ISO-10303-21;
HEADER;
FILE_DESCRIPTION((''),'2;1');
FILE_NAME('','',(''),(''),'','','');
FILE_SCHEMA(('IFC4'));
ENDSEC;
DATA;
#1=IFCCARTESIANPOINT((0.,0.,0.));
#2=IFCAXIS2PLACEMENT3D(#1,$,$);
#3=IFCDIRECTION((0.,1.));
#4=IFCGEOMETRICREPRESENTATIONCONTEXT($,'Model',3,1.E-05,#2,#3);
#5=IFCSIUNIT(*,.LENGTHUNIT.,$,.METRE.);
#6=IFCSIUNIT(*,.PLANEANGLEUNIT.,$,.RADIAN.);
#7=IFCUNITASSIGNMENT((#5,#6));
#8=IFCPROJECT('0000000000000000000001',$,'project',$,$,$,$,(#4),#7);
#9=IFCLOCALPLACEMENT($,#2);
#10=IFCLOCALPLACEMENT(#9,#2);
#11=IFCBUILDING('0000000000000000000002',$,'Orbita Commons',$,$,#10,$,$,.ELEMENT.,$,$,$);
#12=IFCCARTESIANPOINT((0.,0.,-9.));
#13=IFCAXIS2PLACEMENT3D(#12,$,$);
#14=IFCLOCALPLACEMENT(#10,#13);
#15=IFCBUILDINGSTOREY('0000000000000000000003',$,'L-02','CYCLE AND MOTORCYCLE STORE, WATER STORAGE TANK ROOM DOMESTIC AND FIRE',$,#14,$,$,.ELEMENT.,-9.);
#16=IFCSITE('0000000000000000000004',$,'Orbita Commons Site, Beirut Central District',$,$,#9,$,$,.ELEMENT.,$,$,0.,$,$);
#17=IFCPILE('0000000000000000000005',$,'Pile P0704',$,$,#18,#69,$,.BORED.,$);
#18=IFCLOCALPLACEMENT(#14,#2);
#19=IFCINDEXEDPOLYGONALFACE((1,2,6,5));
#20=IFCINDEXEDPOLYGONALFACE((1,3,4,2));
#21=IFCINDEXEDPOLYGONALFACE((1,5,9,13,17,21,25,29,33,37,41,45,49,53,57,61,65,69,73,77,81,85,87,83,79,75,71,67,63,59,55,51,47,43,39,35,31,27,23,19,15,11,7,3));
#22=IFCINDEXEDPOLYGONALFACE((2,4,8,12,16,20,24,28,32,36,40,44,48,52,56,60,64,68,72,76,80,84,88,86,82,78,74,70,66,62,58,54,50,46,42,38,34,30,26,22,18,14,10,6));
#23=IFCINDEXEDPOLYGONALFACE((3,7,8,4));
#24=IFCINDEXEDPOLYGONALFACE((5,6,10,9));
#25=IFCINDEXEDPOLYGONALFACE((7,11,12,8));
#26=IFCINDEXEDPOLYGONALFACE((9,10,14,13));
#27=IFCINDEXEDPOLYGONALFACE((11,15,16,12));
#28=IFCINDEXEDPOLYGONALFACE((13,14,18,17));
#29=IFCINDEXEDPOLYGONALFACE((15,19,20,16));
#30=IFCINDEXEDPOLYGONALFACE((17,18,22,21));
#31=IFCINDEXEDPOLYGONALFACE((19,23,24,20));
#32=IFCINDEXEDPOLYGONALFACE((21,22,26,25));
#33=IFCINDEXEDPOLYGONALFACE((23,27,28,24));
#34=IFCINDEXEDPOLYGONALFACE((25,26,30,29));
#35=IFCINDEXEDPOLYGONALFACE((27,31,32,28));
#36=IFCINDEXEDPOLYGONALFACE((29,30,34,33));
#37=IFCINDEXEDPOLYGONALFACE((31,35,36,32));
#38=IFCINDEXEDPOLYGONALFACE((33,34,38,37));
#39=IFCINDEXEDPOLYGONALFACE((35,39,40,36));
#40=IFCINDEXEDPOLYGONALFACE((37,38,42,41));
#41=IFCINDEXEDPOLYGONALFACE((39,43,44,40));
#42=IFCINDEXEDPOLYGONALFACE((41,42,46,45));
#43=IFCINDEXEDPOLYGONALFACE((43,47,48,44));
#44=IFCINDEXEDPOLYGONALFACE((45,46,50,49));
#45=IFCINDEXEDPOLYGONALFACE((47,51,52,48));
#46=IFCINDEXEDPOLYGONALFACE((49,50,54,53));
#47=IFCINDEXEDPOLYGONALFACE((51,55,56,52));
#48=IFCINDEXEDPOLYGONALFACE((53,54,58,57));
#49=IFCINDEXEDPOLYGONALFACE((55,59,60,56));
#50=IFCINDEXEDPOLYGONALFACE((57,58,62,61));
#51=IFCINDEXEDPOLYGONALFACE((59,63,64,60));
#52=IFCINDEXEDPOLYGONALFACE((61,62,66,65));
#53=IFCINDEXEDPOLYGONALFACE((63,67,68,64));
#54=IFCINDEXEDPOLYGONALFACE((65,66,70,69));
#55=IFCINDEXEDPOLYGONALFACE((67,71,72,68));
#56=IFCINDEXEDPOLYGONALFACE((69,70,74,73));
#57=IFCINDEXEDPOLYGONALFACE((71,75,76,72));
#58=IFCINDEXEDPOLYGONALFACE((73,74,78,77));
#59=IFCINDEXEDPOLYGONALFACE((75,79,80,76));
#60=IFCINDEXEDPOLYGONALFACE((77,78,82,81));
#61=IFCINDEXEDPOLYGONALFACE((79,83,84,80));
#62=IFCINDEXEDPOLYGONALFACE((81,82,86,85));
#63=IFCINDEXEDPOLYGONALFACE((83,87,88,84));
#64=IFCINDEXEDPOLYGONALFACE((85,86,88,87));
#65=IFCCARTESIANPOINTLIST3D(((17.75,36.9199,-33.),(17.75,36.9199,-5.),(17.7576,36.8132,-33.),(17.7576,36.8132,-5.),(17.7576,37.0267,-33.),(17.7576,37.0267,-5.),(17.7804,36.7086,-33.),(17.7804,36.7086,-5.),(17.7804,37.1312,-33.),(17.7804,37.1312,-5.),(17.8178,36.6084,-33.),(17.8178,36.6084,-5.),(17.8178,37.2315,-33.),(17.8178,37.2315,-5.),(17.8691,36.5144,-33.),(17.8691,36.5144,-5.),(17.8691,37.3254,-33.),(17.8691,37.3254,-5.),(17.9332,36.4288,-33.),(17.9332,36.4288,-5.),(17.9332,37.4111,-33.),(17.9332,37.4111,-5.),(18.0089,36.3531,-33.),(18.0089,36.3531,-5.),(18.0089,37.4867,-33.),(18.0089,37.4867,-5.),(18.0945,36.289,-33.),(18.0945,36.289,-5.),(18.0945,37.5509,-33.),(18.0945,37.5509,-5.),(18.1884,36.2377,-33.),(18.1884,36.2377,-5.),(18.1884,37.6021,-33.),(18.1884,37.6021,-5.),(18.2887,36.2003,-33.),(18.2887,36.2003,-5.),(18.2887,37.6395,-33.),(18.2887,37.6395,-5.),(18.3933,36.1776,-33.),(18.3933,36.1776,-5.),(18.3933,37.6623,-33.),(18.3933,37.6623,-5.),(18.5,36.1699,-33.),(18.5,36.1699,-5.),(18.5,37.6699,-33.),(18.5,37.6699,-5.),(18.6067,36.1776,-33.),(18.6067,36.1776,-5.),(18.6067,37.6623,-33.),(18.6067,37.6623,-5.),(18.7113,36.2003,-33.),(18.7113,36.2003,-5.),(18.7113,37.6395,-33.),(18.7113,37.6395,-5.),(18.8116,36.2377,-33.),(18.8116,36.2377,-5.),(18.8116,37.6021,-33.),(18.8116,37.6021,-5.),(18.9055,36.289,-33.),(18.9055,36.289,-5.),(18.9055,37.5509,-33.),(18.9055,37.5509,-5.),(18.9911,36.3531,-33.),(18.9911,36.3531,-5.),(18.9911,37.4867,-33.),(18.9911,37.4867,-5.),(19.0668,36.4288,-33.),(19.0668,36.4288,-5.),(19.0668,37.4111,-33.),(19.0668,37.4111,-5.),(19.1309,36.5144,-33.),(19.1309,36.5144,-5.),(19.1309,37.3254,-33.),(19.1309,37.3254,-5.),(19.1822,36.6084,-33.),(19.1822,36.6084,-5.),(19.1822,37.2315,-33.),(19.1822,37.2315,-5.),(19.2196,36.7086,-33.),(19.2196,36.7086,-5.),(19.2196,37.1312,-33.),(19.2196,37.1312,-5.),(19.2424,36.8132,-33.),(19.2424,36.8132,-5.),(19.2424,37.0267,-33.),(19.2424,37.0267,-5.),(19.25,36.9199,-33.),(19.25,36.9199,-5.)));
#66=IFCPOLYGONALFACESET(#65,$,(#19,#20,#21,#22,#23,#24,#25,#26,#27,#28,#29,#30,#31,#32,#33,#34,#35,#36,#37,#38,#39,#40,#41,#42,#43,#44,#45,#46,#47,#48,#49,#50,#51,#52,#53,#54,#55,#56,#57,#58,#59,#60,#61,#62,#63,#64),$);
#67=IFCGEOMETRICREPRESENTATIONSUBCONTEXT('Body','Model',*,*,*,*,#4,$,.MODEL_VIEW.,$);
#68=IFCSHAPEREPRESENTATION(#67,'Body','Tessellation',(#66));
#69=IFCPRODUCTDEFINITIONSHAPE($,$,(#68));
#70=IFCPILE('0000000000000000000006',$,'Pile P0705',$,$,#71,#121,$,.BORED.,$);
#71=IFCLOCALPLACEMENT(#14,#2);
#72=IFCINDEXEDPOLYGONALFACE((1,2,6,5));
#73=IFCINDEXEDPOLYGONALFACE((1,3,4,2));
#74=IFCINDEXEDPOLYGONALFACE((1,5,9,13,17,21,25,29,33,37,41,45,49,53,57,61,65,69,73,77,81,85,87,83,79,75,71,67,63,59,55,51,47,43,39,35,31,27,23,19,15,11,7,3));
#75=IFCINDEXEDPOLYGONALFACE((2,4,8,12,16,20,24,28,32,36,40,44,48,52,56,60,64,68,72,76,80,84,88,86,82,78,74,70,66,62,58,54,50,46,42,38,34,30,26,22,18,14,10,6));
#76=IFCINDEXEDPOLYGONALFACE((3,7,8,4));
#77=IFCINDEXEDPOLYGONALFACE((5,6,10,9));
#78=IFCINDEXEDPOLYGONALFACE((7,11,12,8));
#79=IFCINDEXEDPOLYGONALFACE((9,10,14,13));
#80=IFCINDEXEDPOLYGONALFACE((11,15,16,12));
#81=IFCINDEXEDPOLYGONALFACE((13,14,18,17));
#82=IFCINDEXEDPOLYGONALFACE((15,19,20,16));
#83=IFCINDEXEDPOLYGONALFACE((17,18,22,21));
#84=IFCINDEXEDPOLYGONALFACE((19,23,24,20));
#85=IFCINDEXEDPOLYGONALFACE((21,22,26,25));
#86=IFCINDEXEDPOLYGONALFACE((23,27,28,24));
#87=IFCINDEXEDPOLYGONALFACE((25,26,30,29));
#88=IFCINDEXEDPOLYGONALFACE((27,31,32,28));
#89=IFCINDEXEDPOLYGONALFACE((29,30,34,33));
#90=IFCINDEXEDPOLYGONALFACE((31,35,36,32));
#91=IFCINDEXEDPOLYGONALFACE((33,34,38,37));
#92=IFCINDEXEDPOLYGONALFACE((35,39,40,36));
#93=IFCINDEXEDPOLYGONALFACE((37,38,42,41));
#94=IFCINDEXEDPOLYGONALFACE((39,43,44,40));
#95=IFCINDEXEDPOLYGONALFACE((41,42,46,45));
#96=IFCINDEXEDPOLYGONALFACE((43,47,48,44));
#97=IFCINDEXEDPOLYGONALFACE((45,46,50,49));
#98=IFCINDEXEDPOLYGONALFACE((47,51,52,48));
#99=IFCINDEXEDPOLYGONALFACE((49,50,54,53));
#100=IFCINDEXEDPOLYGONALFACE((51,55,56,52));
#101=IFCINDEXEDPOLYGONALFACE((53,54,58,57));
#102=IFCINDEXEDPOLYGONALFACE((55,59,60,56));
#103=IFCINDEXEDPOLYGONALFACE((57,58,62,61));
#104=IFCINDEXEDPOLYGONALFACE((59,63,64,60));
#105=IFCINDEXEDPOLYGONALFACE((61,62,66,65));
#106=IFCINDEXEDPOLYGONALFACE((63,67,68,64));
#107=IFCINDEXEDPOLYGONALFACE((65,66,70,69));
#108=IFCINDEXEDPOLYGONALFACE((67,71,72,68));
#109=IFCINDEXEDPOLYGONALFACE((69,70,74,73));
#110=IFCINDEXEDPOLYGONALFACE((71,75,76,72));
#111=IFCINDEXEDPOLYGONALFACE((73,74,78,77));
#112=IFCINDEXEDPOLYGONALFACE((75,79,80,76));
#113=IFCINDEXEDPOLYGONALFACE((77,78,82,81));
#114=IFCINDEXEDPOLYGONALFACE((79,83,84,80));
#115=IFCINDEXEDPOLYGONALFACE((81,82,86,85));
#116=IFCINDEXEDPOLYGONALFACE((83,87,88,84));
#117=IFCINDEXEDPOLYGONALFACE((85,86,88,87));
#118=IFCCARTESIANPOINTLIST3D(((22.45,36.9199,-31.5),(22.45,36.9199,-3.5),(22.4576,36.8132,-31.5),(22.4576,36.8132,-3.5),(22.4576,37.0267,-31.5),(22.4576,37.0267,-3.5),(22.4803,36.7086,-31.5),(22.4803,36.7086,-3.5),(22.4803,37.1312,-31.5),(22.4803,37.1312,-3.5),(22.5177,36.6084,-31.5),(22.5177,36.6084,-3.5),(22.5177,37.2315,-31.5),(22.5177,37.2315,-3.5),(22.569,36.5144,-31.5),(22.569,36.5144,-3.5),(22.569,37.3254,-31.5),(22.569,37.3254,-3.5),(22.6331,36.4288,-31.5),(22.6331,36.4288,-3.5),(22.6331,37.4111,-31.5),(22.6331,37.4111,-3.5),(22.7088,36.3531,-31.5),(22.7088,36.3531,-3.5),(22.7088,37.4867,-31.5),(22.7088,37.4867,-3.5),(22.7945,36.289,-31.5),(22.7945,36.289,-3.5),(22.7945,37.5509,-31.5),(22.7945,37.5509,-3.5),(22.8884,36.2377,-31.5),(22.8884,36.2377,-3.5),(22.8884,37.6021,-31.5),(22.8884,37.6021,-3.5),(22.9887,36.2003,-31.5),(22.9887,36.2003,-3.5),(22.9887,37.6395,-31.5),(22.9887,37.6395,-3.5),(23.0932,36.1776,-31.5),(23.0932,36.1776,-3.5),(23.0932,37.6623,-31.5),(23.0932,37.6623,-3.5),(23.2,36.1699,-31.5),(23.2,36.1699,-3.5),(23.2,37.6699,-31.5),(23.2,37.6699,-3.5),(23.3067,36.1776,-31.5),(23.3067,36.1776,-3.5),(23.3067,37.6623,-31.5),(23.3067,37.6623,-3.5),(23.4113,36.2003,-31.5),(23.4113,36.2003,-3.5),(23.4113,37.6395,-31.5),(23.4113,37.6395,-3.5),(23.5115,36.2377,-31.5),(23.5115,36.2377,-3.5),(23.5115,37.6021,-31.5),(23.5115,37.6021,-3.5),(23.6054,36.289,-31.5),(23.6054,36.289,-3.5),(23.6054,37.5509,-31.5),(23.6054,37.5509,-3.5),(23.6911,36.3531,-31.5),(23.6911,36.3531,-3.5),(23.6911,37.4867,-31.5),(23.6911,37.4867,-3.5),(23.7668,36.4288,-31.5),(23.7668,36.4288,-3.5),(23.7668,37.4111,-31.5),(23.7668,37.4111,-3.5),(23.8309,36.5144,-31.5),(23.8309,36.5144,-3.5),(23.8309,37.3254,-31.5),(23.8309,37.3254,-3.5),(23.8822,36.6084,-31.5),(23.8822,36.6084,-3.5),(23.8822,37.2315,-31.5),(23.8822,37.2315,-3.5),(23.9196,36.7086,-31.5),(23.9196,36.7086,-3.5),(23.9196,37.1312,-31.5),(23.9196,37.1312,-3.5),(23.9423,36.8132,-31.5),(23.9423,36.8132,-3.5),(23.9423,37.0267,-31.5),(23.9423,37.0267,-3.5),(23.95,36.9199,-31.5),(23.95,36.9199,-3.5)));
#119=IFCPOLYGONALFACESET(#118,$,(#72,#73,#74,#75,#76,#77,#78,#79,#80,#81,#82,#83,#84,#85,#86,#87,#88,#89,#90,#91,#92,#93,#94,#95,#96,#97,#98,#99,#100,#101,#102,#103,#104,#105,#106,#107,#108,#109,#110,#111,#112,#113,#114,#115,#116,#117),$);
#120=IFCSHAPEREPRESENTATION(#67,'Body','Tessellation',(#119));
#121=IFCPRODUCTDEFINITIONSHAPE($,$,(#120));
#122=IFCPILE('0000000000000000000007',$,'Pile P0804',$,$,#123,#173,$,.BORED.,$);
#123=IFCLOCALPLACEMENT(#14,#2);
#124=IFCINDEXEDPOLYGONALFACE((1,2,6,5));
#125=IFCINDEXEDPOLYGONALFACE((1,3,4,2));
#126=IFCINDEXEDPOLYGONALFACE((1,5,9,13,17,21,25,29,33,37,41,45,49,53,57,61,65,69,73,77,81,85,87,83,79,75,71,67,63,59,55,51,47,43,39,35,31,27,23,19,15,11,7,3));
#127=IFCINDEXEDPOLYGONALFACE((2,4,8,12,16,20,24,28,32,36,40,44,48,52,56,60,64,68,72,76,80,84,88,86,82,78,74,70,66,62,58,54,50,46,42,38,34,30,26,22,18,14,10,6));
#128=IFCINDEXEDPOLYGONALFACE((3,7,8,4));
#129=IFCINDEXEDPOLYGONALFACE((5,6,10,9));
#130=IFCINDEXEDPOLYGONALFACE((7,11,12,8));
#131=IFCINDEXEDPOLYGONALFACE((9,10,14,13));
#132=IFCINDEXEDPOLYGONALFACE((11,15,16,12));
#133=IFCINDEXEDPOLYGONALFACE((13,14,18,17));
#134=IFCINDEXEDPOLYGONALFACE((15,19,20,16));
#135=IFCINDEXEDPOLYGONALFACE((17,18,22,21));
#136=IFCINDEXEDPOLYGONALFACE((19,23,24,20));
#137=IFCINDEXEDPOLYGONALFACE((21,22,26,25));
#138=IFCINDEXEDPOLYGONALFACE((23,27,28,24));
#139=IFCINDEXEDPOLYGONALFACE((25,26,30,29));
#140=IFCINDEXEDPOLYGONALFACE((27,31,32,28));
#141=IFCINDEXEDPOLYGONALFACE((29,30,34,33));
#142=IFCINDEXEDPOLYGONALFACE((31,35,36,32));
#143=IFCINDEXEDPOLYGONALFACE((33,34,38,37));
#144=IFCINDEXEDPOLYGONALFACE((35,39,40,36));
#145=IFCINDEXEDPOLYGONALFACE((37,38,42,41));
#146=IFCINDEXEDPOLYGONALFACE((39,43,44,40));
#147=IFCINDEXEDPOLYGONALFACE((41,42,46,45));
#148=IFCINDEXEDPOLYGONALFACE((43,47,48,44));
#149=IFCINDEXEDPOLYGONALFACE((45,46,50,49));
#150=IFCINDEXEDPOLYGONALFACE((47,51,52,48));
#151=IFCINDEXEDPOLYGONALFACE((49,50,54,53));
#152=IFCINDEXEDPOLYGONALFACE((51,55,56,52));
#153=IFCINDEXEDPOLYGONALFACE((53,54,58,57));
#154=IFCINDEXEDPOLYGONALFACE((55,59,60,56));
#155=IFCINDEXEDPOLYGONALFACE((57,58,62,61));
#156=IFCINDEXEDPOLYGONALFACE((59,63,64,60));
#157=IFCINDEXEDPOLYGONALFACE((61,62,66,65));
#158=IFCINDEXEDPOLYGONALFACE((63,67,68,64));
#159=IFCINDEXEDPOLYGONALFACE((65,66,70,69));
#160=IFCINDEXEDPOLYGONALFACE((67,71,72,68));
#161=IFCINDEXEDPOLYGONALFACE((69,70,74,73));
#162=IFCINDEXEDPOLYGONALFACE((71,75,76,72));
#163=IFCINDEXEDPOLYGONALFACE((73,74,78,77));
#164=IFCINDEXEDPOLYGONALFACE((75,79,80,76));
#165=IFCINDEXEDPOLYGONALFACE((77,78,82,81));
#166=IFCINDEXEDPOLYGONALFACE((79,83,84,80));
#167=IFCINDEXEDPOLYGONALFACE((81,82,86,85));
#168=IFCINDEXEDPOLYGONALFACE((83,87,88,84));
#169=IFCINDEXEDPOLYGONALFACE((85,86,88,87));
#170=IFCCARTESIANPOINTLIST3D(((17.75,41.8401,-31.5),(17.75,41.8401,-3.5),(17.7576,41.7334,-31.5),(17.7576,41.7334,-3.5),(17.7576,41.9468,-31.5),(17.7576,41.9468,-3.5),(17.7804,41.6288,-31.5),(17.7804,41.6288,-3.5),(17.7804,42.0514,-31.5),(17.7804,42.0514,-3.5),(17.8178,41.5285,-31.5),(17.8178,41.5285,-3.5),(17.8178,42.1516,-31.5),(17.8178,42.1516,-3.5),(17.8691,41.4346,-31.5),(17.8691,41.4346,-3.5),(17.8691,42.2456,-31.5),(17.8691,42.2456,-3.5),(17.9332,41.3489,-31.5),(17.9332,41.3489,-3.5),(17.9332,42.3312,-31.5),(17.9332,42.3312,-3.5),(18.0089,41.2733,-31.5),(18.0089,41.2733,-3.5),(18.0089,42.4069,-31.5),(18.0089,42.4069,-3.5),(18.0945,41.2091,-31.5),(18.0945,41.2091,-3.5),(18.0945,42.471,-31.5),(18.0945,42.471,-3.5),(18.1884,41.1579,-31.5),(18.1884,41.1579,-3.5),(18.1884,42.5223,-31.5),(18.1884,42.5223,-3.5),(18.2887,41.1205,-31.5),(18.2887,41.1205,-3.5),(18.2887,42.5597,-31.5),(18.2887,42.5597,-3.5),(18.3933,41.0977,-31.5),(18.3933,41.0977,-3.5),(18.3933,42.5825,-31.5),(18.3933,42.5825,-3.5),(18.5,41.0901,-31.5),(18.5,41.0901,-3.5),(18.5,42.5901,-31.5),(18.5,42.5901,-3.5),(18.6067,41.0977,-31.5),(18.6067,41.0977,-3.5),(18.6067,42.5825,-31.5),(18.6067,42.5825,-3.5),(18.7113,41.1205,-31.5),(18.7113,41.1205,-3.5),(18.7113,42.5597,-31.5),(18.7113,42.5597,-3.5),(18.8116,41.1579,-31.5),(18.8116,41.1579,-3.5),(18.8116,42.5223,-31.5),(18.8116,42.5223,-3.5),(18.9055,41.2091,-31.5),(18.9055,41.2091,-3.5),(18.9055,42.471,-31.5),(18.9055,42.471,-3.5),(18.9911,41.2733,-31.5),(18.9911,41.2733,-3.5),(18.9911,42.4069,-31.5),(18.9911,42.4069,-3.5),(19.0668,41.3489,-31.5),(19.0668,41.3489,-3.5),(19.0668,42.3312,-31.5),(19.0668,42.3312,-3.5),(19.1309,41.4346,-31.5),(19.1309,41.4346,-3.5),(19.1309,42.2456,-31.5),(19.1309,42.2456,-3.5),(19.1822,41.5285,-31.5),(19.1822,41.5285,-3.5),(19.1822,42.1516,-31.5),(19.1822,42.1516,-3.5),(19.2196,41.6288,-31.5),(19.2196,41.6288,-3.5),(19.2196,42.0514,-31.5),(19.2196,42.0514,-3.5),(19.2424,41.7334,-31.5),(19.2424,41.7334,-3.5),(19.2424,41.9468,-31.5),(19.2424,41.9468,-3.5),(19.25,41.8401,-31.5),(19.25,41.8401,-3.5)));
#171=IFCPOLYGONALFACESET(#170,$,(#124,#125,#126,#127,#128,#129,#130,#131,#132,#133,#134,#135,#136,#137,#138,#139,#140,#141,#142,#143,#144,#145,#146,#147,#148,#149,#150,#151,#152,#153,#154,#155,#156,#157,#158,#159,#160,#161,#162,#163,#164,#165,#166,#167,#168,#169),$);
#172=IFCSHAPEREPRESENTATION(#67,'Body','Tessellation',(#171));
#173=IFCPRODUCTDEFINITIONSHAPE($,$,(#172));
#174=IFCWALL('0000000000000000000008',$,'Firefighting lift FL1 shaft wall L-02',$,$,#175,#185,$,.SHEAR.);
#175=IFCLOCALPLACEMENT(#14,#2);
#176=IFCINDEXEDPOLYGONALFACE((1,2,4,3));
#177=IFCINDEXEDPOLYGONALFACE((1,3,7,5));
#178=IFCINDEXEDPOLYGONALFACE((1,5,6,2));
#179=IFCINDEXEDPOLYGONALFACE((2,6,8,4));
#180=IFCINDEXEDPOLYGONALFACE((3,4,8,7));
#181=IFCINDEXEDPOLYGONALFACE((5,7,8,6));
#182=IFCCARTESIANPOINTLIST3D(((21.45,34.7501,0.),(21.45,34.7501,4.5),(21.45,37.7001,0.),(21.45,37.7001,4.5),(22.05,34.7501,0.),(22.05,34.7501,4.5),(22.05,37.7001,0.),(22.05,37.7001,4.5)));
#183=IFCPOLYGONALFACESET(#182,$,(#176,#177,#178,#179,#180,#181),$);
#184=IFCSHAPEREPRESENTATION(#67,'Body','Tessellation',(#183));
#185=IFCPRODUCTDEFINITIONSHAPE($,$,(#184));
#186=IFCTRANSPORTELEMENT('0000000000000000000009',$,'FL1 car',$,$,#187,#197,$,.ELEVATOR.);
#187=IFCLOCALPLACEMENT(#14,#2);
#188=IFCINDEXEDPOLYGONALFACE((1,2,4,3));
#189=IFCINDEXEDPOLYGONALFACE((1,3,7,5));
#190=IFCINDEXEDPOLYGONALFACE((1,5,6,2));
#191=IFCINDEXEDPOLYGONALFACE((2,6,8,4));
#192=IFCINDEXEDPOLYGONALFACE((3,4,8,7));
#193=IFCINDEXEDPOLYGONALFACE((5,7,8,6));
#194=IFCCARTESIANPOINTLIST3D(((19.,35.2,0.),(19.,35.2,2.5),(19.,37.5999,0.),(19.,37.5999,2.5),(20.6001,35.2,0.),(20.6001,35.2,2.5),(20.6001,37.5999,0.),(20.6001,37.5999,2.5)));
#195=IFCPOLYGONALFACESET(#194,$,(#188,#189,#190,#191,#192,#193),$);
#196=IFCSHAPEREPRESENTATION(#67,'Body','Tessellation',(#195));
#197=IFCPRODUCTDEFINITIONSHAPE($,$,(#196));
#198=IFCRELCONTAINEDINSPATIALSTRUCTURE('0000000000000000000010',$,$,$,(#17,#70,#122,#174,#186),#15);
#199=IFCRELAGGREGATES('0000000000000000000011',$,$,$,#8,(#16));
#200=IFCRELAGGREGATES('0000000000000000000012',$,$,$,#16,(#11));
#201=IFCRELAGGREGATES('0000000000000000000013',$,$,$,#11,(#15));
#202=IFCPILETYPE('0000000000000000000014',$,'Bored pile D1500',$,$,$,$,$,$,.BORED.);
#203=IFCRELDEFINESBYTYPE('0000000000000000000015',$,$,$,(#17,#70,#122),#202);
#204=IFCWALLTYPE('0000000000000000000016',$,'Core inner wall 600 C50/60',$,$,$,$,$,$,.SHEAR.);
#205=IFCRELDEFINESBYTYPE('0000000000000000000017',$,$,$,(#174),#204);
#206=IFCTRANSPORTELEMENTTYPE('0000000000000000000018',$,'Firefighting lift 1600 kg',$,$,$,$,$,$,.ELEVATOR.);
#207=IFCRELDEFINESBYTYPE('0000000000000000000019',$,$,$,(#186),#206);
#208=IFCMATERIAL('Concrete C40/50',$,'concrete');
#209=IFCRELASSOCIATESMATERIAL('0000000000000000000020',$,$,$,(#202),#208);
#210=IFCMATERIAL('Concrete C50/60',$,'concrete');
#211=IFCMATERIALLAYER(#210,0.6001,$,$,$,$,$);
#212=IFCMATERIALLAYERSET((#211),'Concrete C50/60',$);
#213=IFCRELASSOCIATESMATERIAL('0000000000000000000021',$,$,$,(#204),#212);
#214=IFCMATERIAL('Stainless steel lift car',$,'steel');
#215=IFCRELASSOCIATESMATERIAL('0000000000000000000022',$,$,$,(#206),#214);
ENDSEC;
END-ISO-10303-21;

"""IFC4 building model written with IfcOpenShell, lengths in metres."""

from ifc_helpers import new_model, si_unit, direction, frame, frame_2d, origin, origin_2d, place, context, subcontext, project, spatial, rectangle, circle, extrude, material, layer, layer_set, material_profile, profile_set, type_object, element, save


model = new_model("IFC4")

# Units and contexts
model_context = context("Model", 3, precision=1e-05, world=origin(), true_north=direction((0.0, 1.0)))
body_context = subcontext(model_context, "Body", "Model", "MODEL_VIEW")
ifc_project = project(units=[si_unit("LENGTHUNIT", "METRE"), si_unit("PLANEANGLEUNIT", "RADIAN")], contexts=[model_context])

# Site, building, storey
site_placement = place(None, origin())
site = spatial("IfcSite", under=ifc_project, at=site_placement, Name="Orbita Commons Site, Beirut Central District", CompositionType="ELEMENT", RefElevation=0.0)
building_placement = place(site_placement, origin())
building = spatial("IfcBuilding", under=site, at=building_placement, Name="Orbita Commons", CompositionType="ELEMENT")
storey_placement = place(building_placement, frame((0.0, 0.0, -9.0)))
storey = spatial("IfcBuildingStorey", under=building, at=storey_placement, Name="L-02", Description="CYCLE AND MOTORCYCLE STORE, WATER STORAGE TANK ROOM DOMESTIC AND FIRE", CompositionType="ELEMENT", Elevation=-9.0)

# Piles
ifc_material_1 = material(Name="Concrete C40/50", Category="concrete")
ifc_material_profile = material_profile(ifc_material_1, circle(Radius=0.75, at=origin_2d()), Name="RC D1500")
ifc_profile_set = profile_set([ifc_material_profile], Name="Concrete C40/50")
pile_type = type_object("IfcPileType", Name="Bored pile D1500", PredefinedType="BORED", material=ifc_profile_set)
for number, where, z_axis, x_axis, name in (
    (1, (18.5, 36.9199, -5.0), (0.0, 0.0, -1.0), (1.0, 0.0, 0.0), "Pile P0704"),
    (2, (23.2, 36.9199, -3.5), (0.0, 0.0, -1.0), (1.0, 0.0, 0.0), "Pile P0705"),
    (3, (18.5, 41.8401, -3.5), (0.0, 0.0, -1.0), (1.0, 0.0, 0.0), "Pile P0804"),
):
    element("IfcPile", number, at=place(storey_placement, frame(where, z_axis=z_axis, x_axis=x_axis)), inside=storey, type_object=pile_type, Name=name, PredefinedType="BORED", context=body_context, shape_type="SweptSolid", body=[
        extrude(circle(Radius=0.75, at=origin_2d()), origin(), (0.0, 0.0, 1.0), 28.0),
    ])

# Wall
ifc_material_2 = material(Name="Concrete C50/60", Category="concrete")
ifc_layer_1 = layer(ifc_material_2, 0.6001)
ifc_layer_set_1 = layer_set([ifc_layer_1], Name="Concrete C50/60")
wall_type_1 = type_object("IfcWallType", Name="Core inner wall 600 C50/60", PredefinedType="SHEAR", material=ifc_layer_set_1)
wall_1_placement = place(storey_placement, frame((21.75, 34.75, 0.0), z_axis=(0.0, 0.0, 1.0), x_axis=(0.0, 1.0, 0.0)))
element("IfcWall", 4, at=wall_1_placement, inside=storey, type_object=wall_type_1, Name="Firefighting lift FL1 shaft wall L-02", PredefinedType="SHEAR", context=body_context, shape_type="SweptSolid", body=[
    extrude(rectangle(XDim=2.95, YDim=0.6001, at=frame_2d((1.4751, 0.0))), origin(), (0.0, 0.0, 1.0), 4.5),
])

# Transport element
ifc_material_3 = material(Name="Stainless steel lift car", Category="steel")
transport_element_type = type_object("IfcTransportElementType", Name="Firefighting lift 1600 kg", PredefinedType="ELEVATOR", material=ifc_material_3)
transport_element_placement = place(storey_placement, frame((19.8, 36.3999, 0.0), z_axis=(0.0, 0.0, 1.0), x_axis=(1.0, 0.0, 0.0)))
element("IfcTransportElement", 5, at=transport_element_placement, inside=storey, type_object=transport_element_type, Name="FL1 car", PredefinedType="ELEVATOR", context=body_context, shape_type="SweptSolid", body=[
    extrude(rectangle(XDim=1.6001, YDim=2.3999, at=origin_2d()), origin(), (0.0, 0.0, 1.0), 2.5),
])

save(model, "model.ifc")
